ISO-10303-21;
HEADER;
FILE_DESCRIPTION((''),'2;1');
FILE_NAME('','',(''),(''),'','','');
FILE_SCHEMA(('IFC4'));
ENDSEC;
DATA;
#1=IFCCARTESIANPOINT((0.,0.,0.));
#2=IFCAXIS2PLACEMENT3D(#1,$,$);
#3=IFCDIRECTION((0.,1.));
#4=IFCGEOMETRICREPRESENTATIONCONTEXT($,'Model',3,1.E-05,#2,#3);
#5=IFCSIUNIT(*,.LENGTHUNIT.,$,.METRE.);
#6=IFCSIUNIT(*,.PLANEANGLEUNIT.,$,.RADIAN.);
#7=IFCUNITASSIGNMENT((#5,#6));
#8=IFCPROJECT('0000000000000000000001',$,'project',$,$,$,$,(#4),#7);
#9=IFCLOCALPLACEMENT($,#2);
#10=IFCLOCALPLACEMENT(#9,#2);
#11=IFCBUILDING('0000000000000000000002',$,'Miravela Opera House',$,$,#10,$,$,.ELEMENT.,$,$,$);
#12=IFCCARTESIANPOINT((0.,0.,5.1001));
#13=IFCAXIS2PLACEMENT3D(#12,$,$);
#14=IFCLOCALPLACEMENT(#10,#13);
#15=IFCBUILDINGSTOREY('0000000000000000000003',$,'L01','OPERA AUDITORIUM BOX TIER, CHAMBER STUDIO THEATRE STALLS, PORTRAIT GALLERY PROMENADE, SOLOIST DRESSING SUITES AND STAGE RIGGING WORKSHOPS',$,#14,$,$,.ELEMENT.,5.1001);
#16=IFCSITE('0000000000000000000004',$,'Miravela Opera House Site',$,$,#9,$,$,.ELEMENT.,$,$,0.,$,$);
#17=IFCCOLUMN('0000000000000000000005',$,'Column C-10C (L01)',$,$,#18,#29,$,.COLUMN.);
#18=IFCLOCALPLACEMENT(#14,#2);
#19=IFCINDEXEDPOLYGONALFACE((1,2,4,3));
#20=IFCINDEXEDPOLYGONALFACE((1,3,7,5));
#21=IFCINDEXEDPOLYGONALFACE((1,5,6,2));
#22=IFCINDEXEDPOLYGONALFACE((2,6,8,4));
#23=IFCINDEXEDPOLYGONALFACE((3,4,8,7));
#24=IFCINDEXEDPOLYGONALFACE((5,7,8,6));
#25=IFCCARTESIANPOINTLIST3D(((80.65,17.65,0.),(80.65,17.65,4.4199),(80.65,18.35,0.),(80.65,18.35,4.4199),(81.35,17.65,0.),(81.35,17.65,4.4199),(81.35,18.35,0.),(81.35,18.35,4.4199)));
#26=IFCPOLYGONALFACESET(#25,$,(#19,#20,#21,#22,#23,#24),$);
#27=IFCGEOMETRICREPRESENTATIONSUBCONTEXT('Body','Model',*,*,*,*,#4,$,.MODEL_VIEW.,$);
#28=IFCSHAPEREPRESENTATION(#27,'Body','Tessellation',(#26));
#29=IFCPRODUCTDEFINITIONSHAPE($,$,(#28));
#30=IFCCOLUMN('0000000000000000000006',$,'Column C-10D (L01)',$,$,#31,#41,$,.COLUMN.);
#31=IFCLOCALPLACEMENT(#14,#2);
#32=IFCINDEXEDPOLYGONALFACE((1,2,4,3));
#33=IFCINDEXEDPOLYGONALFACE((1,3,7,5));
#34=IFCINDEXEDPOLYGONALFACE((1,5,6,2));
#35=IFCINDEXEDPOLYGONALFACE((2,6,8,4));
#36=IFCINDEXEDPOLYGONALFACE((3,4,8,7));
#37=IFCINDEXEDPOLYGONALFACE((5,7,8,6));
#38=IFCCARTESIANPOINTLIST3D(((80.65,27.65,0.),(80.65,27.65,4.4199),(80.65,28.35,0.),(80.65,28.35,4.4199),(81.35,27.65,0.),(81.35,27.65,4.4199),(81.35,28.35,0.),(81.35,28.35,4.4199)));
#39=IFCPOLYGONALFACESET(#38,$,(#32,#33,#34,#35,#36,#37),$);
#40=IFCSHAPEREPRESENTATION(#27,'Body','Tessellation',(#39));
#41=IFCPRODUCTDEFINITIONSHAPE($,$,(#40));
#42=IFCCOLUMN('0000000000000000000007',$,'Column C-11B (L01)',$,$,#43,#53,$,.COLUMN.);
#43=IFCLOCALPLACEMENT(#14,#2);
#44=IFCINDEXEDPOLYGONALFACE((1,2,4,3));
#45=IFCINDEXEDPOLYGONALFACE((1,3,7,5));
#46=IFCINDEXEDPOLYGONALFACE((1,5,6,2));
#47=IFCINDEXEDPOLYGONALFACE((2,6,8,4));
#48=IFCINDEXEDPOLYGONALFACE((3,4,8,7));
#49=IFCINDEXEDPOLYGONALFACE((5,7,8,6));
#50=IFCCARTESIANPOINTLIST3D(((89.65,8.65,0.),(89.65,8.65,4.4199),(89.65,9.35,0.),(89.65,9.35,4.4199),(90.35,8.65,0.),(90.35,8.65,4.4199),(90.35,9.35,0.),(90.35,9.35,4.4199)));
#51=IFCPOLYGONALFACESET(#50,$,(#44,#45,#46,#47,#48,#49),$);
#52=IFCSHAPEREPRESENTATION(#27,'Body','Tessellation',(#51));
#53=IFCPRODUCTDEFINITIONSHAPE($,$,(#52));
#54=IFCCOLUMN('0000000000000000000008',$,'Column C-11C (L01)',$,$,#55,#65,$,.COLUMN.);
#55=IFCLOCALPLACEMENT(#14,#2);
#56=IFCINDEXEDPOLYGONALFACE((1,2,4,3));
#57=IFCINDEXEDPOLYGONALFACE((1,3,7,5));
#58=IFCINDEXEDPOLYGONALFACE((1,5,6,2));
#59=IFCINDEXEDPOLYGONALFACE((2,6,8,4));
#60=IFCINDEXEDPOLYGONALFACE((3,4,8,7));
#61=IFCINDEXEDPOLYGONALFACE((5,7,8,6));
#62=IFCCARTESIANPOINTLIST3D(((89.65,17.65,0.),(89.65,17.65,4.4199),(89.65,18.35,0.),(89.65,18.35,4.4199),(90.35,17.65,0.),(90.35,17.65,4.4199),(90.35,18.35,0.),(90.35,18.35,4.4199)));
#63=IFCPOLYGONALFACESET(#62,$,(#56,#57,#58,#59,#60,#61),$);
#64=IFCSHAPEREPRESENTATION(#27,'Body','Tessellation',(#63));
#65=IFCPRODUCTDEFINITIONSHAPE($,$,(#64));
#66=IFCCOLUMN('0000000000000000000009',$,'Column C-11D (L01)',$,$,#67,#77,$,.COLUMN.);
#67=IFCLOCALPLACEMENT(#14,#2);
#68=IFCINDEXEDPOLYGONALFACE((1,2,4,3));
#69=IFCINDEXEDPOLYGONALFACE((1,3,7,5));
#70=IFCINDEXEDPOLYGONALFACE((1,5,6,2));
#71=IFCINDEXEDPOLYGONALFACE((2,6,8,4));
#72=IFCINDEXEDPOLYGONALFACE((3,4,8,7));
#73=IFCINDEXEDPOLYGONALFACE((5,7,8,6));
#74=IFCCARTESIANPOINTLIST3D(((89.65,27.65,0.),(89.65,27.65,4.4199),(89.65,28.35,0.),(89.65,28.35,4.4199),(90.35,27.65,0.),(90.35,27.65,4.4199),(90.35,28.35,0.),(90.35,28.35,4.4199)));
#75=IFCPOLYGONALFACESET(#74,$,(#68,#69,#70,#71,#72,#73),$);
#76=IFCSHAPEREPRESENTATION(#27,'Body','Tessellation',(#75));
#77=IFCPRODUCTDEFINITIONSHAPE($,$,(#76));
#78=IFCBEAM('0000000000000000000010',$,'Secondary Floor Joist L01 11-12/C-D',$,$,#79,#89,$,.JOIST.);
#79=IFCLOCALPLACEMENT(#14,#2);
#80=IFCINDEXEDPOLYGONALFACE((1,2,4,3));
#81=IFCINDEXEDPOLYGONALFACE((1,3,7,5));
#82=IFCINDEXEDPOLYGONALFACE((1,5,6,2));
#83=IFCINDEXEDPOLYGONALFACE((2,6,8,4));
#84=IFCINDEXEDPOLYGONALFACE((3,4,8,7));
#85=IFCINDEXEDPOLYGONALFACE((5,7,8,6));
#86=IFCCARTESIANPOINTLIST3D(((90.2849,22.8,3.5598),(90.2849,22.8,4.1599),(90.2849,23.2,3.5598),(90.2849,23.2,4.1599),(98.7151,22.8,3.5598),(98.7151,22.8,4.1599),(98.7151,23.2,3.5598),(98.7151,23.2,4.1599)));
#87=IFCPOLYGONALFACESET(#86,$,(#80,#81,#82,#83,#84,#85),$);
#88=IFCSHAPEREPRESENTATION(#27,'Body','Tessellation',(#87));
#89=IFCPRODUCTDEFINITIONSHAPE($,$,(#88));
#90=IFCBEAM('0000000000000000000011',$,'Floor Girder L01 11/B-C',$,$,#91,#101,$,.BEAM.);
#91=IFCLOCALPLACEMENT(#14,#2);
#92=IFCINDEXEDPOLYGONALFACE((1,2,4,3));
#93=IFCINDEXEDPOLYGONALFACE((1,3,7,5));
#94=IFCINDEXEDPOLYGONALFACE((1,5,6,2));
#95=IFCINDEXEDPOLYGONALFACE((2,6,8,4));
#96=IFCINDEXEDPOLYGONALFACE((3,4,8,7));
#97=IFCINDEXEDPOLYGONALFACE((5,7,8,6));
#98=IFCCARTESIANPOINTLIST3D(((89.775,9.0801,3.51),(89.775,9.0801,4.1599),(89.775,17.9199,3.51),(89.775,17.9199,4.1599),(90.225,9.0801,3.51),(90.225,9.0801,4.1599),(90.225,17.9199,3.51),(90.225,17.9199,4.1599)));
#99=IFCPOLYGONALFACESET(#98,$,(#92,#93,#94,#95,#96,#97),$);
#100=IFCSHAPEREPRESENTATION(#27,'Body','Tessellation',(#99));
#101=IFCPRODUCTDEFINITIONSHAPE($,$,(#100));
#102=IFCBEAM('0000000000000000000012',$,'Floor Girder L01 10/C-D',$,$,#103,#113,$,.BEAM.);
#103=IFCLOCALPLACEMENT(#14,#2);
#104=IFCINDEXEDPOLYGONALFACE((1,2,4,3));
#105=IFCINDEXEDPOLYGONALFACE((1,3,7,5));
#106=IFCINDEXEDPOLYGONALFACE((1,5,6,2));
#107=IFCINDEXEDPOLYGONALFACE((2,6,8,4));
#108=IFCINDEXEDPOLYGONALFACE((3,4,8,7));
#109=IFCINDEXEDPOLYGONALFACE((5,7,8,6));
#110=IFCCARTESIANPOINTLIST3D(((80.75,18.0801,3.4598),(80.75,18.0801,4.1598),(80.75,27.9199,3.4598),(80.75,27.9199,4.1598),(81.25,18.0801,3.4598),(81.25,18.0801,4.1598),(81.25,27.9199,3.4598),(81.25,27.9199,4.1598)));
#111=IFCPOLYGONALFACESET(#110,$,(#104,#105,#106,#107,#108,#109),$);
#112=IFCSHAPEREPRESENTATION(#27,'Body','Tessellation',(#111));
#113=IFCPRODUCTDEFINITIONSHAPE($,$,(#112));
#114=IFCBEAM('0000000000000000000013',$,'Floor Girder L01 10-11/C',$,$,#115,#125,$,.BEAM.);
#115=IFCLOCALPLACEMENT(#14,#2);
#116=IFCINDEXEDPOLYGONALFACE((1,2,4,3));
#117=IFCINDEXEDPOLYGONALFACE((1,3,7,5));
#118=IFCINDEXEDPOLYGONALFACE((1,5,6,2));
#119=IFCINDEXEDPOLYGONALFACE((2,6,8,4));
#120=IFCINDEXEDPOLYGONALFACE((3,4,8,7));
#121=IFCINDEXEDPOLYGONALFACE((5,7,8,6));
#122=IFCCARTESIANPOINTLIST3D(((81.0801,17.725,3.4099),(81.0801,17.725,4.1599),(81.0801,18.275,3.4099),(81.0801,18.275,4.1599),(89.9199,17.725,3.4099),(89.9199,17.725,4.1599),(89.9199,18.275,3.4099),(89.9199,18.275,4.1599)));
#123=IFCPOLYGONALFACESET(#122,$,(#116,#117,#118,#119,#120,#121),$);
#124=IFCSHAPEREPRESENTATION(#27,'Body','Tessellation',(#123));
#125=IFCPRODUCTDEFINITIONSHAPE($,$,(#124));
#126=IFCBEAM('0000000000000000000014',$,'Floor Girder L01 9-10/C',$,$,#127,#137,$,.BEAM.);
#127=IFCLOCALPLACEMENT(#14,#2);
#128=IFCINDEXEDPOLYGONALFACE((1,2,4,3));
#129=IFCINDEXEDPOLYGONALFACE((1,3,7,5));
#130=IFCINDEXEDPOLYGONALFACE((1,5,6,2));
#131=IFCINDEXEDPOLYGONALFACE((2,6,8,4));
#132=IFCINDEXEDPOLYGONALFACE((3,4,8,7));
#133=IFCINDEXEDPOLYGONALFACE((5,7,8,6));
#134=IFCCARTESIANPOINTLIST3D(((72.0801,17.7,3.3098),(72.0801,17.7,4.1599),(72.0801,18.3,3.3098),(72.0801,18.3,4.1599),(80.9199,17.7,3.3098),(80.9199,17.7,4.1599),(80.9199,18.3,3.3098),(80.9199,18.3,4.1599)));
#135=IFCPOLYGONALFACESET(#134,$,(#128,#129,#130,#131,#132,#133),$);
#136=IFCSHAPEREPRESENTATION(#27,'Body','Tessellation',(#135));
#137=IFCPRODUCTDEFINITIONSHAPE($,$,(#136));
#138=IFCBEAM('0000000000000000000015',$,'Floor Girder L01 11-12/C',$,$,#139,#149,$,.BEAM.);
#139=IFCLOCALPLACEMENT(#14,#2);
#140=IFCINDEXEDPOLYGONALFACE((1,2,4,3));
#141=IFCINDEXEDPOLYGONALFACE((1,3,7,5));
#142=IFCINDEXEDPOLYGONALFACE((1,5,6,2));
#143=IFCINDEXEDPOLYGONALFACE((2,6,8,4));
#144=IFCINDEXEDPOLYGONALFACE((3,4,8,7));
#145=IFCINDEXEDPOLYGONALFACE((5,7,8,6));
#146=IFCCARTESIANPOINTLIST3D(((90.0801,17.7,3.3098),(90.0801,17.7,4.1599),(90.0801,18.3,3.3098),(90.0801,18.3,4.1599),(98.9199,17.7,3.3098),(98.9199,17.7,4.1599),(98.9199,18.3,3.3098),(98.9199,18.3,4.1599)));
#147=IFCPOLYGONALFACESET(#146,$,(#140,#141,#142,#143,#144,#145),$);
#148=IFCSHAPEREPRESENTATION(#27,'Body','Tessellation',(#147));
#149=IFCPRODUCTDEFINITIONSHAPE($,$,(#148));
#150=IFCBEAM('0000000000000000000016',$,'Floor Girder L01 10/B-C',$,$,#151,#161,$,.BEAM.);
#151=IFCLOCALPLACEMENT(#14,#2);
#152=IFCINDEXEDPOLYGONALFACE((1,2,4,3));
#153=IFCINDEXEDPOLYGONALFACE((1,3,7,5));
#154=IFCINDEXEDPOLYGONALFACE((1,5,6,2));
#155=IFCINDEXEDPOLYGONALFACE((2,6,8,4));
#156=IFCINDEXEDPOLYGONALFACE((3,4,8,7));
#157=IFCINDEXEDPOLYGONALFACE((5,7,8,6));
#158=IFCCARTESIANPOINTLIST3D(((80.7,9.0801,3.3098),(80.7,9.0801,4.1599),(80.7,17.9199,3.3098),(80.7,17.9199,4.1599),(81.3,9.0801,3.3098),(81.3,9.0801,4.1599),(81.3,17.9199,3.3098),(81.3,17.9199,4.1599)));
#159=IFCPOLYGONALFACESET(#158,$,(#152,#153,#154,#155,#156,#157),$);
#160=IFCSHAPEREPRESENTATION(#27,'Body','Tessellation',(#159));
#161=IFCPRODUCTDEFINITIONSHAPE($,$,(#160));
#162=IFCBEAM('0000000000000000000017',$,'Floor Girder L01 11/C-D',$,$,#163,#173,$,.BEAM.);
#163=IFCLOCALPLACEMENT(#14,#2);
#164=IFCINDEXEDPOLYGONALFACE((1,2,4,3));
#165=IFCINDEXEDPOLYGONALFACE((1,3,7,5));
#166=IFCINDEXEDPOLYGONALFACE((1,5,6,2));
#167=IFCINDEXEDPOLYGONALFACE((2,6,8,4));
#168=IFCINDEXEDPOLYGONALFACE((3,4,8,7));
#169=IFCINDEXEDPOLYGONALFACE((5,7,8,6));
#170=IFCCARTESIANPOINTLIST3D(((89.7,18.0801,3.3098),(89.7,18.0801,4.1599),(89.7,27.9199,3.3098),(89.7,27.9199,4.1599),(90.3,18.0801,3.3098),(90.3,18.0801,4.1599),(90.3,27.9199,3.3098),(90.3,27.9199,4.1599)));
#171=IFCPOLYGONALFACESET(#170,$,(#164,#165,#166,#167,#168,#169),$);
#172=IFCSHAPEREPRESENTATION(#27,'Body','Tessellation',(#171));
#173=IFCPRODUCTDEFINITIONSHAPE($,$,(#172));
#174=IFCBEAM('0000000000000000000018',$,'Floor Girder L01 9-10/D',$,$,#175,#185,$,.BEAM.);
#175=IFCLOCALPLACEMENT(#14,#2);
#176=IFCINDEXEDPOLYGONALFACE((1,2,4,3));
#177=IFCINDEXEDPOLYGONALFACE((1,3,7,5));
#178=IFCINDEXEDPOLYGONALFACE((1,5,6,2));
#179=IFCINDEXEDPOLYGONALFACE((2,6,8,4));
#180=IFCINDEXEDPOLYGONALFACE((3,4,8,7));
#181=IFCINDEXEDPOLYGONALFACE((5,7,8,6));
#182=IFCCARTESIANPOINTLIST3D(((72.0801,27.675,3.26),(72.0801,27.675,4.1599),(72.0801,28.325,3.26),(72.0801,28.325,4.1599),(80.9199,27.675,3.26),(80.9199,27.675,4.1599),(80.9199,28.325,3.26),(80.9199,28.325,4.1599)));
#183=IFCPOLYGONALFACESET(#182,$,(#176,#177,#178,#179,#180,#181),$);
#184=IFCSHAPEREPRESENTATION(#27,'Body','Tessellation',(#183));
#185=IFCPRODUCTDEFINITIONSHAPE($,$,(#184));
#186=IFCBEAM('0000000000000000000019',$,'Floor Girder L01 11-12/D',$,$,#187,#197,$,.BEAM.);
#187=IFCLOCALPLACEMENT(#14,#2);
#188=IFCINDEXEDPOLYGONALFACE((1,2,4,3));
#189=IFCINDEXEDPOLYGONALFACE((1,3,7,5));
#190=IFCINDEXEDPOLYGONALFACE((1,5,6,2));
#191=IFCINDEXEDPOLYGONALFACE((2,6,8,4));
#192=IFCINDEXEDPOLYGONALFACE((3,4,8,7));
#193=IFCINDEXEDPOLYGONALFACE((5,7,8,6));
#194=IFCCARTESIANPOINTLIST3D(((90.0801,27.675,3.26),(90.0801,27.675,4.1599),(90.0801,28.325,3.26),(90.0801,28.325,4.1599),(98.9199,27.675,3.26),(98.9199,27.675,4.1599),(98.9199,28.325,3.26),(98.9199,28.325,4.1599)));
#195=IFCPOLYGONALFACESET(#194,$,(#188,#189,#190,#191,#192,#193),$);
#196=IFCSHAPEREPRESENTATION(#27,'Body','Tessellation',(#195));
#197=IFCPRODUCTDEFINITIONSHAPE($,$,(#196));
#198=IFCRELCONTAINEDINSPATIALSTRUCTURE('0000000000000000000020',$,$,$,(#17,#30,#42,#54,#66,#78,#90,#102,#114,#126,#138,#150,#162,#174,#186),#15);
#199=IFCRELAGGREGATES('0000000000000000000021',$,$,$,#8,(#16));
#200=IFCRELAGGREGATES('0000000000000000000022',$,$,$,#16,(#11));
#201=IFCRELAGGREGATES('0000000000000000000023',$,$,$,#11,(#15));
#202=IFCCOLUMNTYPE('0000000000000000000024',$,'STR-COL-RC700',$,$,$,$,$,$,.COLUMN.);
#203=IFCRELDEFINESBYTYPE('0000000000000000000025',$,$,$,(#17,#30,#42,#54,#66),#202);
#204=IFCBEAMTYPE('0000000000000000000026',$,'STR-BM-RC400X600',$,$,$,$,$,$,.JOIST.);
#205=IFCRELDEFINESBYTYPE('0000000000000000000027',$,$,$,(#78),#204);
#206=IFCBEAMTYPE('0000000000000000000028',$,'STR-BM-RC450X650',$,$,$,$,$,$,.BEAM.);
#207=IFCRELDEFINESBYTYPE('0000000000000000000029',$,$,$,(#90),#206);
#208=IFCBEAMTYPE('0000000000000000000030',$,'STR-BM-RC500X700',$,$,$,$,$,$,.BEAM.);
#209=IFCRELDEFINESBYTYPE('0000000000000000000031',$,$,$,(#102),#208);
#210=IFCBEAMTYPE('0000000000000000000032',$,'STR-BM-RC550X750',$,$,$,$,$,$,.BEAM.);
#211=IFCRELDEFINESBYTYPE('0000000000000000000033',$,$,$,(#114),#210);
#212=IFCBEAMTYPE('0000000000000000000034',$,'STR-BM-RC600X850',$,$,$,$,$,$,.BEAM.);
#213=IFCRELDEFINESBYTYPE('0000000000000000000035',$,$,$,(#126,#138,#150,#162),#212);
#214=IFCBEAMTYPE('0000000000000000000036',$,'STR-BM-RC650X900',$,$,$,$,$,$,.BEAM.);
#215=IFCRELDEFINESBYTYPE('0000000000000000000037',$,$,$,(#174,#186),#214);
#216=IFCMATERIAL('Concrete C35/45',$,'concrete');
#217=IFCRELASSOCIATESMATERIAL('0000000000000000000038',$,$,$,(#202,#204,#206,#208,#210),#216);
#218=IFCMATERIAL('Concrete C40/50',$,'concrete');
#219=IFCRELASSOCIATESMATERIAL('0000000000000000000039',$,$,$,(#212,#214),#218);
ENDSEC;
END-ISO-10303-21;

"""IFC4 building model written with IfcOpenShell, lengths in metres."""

from ifc_helpers import new_model, si_unit, direction, frame, origin, origin_2d, place, context, subcontext, project, spatial, rectangle, extrude, material, material_profile, profile_set, type_object, element, save


model = new_model("IFC4")

# Units and contexts
model_context = context("Model", 3, precision=1e-05, world=origin(), true_north=direction((0.0, 1.0)))
body_context = subcontext(model_context, "Body", "Model", "MODEL_VIEW")
ifc_project = project(units=[si_unit("LENGTHUNIT", "METRE"), si_unit("PLANEANGLEUNIT", "RADIAN")], contexts=[model_context])

# Site, building, storey
site_placement = place(None, origin())
site = spatial("IfcSite", under=ifc_project, at=site_placement, Name="Miravela Opera House Site", CompositionType="ELEMENT", RefElevation=0.0)
building_placement = place(site_placement, origin())
building = spatial("IfcBuilding", under=site, at=building_placement, Name="Miravela Opera House", CompositionType="ELEMENT")
storey_placement = place(building_placement, frame((0.0, 0.0, 5.1001)))
storey = spatial("IfcBuildingStorey", under=building, at=storey_placement, Name="L01", Description="OPERA AUDITORIUM BOX TIER, CHAMBER STUDIO THEATRE STALLS, PORTRAIT GALLERY PROMENADE, SOLOIST DRESSING SUITES AND STAGE RIGGING WORKSHOPS", CompositionType="ELEMENT", Elevation=5.1001)

# Columns
ifc_material_1 = material(Name="Concrete C35/45", Category="concrete")
ifc_material_profile_1 = material_profile(ifc_material_1, rectangle(XDim=0.7, YDim=0.7, at=origin_2d()), Name="RC-COL-700X700")
ifc_profile_set_1 = profile_set([ifc_material_profile_1])
column_type = type_object("IfcColumnType", Name="STR-COL-RC700", PredefinedType="COLUMN", material=ifc_profile_set_1)
for number, where, z_axis, x_axis, name in (
    (1, (81.0, 18.0, 0.0), (0.0, 0.0, 1.0), (1.0, 0.0, 0.0), "Column C-10C (L01)"),
    (2, (81.0, 28.0, 0.0), (0.0, 0.0, 1.0), (1.0, 0.0, 0.0), "Column C-10D (L01)"),
    (3, (90.0, 9.0, 0.0), (0.0, 0.0, 1.0), (1.0, 0.0, 0.0), "Column C-11B (L01)"),
    (4, (90.0, 18.0, 0.0), (0.0, 0.0, 1.0), (1.0, 0.0, 0.0), "Column C-11C (L01)"),
    (5, (90.0, 28.0, 0.0), (0.0, 0.0, 1.0), (1.0, 0.0, 0.0), "Column C-11D (L01)"),
):
    element("IfcColumn", number, at=place(storey_placement, frame(where, z_axis=z_axis, x_axis=x_axis)), inside=storey, type_object=column_type, Name=name, PredefinedType="COLUMN", context=body_context, shape_type="SweptSolid", body=[
        extrude(rectangle(XDim=0.7, YDim=0.7, at=origin_2d()), origin(), (0.0, 0.0, 1.0), 4.4199),
    ])

# Beams
ifc_material_profile_2 = material_profile(ifc_material_1, rectangle(XDim=0.3999, YDim=0.6001, at=origin_2d()), Name="RC-BM-400X600")
ifc_profile_set_2 = profile_set([ifc_material_profile_2])
beam_type_1 = type_object("IfcBeamType", Name="STR-BM-RC400X600", PredefinedType="JOIST", material=ifc_profile_set_2)
beam_1_placement = place(storey_placement, frame((90.2849, 23.0, 3.8599), z_axis=(1.0, 0.0, 0.0), x_axis=(0.0, 1.0, 0.0)))
element("IfcBeam", 6, at=beam_1_placement, inside=storey, type_object=beam_type_1, Name="Secondary Floor Joist L01 11-12/C-D", PredefinedType="JOIST", context=body_context, shape_type="SweptSolid", body=[
    extrude(rectangle(XDim=0.3999, YDim=0.6001, at=origin_2d()), origin(), (0.0, 0.0, 1.0), 8.4302),
])
ifc_material_profile_3 = material_profile(ifc_material_1, rectangle(XDim=0.45, YDim=0.6499, at=origin_2d()), Name="RC-BM-450X650")
ifc_profile_set_3 = profile_set([ifc_material_profile_3])
beam_type_2 = type_object("IfcBeamType", Name="STR-BM-RC450X650", PredefinedType="BEAM", material=ifc_profile_set_3)
beam_2_placement = place(storey_placement, frame((90.0, 9.0801, 3.835), z_axis=(0.0, 1.0, 0.0), x_axis=(-1.0, 0.0, 0.0)))
element("IfcBeam", 7, at=beam_2_placement, inside=storey, type_object=beam_type_2, Name="Floor Girder L01 11/B-C", PredefinedType="BEAM", context=body_context, shape_type="SweptSolid", body=[
    extrude(rectangle(XDim=0.45, YDim=0.6499, at=origin_2d()), origin(), (0.0, 0.0, 1.0), 8.8398),
])
ifc_material_profile_4 = material_profile(ifc_material_1, rectangle(XDim=0.5, YDim=0.7, at=origin_2d()), Name="RC-BM-500X700")
ifc_profile_set_4 = profile_set([ifc_material_profile_4])
beam_type_3 = type_object("IfcBeamType", Name="STR-BM-RC500X700", PredefinedType="BEAM", material=ifc_profile_set_4)
beam_3_placement = place(storey_placement, frame((81.0, 18.0801, 3.8098), z_axis=(0.0, 1.0, 0.0), x_axis=(-1.0, 0.0, 0.0)))
element("IfcBeam", 8, at=beam_3_placement, inside=storey, type_object=beam_type_3, Name="Floor Girder L01 10/C-D", PredefinedType="BEAM", context=body_context, shape_type="SweptSolid", body=[
    extrude(rectangle(XDim=0.5, YDim=0.7, at=origin_2d()), origin(), (0.0, 0.0, 1.0), 9.8398),
])
ifc_material_profile_5 = material_profile(ifc_material_1, rectangle(XDim=0.55, YDim=0.75, at=origin_2d()), Name="RC-BM-550X750")
ifc_profile_set_5 = profile_set([ifc_material_profile_5])
beam_type_4 = type_object("IfcBeamType", Name="STR-BM-RC550X750", PredefinedType="BEAM", material=ifc_profile_set_5)
beam_4_placement = place(storey_placement, frame((81.0801, 18.0, 3.7849), z_axis=(1.0, 0.0, 0.0), x_axis=(0.0, 1.0, 0.0)))
element("IfcBeam", 9, at=beam_4_placement, inside=storey, type_object=beam_type_4, Name="Floor Girder L01 10-11/C", PredefinedType="BEAM", context=body_context, shape_type="SweptSolid", body=[
    extrude(rectangle(XDim=0.55, YDim=0.75, at=origin_2d()), origin(), (0.0, 0.0, 1.0), 8.8398),
])
ifc_material_2 = material(Name="Concrete C40/50", Category="concrete")
ifc_material_profile_6 = material_profile(ifc_material_2, rectangle(XDim=0.6001, YDim=0.8501, at=origin_2d()), Name="RC-BM-600X850")
ifc_profile_set_6 = profile_set([ifc_material_profile_6])
beam_type_5 = type_object("IfcBeamType", Name="STR-BM-RC600X850", PredefinedType="BEAM", material=ifc_profile_set_6)
for number, where, z_axis, x_axis, name in (
    (10, (72.0801, 18.0, 3.7349), (1.0, 0.0, 0.0), (0.0, 1.0, 0.0), "Floor Girder L01 9-10/C"),
    (11, (90.0801, 18.0, 3.7349), (1.0, 0.0, 0.0), (0.0, 1.0, 0.0), "Floor Girder L01 11-12/C"),
    (12, (81.0, 9.0801, 3.7349), (0.0, 1.0, 0.0), (-1.0, 0.0, 0.0), "Floor Girder L01 10/B-C"),
):
    element("IfcBeam", number, at=place(storey_placement, frame(where, z_axis=z_axis, x_axis=x_axis)), inside=storey, type_object=beam_type_5, Name=name, PredefinedType="BEAM", context=body_context, shape_type="SweptSolid", body=[
        extrude(rectangle(XDim=0.6001, YDim=0.8501, at=origin_2d()), origin(), (0.0, 0.0, 1.0), 8.8398),
    ])
beam_5_placement = place(storey_placement, frame((90.0, 18.0801, 3.7349), z_axis=(0.0, 1.0, 0.0), x_axis=(-1.0, 0.0, 0.0)))
element("IfcBeam", 13, at=beam_5_placement, inside=storey, type_object=beam_type_5, Name="Floor Girder L01 11/C-D", PredefinedType="BEAM", context=body_context, shape_type="SweptSolid", body=[
    extrude(rectangle(XDim=0.6001, YDim=0.8501, at=origin_2d()), origin(), (0.0, 0.0, 1.0), 9.8398),
])
ifc_material_profile_7 = material_profile(ifc_material_2, rectangle(XDim=0.6499, YDim=0.8999, at=origin_2d()), Name="RC-BM-650X900")
ifc_profile_set_7 = profile_set([ifc_material_profile_7])
beam_type_6 = type_object("IfcBeamType", Name="STR-BM-RC650X900", PredefinedType="BEAM", material=ifc_profile_set_7)
for number, where, z_axis, x_axis, name in (
    (14, (72.0801, 28.0, 3.71), (1.0, 0.0, 0.0), (0.0, 1.0, 0.0), "Floor Girder L01 9-10/D"),
    (15, (90.0801, 28.0, 3.71), (1.0, 0.0, 0.0), (0.0, 1.0, 0.0), "Floor Girder L01 11-12/D"),
):
    element("IfcBeam", number, at=place(storey_placement, frame(where, z_axis=z_axis, x_axis=x_axis)), inside=storey, type_object=beam_type_6, Name=name, PredefinedType="BEAM", context=body_context, shape_type="SweptSolid", body=[
        extrude(rectangle(XDim=0.6499, YDim=0.8999, at=origin_2d()), origin(), (0.0, 0.0, 1.0), 8.8398),
    ])

save(model, "model.ifc")
